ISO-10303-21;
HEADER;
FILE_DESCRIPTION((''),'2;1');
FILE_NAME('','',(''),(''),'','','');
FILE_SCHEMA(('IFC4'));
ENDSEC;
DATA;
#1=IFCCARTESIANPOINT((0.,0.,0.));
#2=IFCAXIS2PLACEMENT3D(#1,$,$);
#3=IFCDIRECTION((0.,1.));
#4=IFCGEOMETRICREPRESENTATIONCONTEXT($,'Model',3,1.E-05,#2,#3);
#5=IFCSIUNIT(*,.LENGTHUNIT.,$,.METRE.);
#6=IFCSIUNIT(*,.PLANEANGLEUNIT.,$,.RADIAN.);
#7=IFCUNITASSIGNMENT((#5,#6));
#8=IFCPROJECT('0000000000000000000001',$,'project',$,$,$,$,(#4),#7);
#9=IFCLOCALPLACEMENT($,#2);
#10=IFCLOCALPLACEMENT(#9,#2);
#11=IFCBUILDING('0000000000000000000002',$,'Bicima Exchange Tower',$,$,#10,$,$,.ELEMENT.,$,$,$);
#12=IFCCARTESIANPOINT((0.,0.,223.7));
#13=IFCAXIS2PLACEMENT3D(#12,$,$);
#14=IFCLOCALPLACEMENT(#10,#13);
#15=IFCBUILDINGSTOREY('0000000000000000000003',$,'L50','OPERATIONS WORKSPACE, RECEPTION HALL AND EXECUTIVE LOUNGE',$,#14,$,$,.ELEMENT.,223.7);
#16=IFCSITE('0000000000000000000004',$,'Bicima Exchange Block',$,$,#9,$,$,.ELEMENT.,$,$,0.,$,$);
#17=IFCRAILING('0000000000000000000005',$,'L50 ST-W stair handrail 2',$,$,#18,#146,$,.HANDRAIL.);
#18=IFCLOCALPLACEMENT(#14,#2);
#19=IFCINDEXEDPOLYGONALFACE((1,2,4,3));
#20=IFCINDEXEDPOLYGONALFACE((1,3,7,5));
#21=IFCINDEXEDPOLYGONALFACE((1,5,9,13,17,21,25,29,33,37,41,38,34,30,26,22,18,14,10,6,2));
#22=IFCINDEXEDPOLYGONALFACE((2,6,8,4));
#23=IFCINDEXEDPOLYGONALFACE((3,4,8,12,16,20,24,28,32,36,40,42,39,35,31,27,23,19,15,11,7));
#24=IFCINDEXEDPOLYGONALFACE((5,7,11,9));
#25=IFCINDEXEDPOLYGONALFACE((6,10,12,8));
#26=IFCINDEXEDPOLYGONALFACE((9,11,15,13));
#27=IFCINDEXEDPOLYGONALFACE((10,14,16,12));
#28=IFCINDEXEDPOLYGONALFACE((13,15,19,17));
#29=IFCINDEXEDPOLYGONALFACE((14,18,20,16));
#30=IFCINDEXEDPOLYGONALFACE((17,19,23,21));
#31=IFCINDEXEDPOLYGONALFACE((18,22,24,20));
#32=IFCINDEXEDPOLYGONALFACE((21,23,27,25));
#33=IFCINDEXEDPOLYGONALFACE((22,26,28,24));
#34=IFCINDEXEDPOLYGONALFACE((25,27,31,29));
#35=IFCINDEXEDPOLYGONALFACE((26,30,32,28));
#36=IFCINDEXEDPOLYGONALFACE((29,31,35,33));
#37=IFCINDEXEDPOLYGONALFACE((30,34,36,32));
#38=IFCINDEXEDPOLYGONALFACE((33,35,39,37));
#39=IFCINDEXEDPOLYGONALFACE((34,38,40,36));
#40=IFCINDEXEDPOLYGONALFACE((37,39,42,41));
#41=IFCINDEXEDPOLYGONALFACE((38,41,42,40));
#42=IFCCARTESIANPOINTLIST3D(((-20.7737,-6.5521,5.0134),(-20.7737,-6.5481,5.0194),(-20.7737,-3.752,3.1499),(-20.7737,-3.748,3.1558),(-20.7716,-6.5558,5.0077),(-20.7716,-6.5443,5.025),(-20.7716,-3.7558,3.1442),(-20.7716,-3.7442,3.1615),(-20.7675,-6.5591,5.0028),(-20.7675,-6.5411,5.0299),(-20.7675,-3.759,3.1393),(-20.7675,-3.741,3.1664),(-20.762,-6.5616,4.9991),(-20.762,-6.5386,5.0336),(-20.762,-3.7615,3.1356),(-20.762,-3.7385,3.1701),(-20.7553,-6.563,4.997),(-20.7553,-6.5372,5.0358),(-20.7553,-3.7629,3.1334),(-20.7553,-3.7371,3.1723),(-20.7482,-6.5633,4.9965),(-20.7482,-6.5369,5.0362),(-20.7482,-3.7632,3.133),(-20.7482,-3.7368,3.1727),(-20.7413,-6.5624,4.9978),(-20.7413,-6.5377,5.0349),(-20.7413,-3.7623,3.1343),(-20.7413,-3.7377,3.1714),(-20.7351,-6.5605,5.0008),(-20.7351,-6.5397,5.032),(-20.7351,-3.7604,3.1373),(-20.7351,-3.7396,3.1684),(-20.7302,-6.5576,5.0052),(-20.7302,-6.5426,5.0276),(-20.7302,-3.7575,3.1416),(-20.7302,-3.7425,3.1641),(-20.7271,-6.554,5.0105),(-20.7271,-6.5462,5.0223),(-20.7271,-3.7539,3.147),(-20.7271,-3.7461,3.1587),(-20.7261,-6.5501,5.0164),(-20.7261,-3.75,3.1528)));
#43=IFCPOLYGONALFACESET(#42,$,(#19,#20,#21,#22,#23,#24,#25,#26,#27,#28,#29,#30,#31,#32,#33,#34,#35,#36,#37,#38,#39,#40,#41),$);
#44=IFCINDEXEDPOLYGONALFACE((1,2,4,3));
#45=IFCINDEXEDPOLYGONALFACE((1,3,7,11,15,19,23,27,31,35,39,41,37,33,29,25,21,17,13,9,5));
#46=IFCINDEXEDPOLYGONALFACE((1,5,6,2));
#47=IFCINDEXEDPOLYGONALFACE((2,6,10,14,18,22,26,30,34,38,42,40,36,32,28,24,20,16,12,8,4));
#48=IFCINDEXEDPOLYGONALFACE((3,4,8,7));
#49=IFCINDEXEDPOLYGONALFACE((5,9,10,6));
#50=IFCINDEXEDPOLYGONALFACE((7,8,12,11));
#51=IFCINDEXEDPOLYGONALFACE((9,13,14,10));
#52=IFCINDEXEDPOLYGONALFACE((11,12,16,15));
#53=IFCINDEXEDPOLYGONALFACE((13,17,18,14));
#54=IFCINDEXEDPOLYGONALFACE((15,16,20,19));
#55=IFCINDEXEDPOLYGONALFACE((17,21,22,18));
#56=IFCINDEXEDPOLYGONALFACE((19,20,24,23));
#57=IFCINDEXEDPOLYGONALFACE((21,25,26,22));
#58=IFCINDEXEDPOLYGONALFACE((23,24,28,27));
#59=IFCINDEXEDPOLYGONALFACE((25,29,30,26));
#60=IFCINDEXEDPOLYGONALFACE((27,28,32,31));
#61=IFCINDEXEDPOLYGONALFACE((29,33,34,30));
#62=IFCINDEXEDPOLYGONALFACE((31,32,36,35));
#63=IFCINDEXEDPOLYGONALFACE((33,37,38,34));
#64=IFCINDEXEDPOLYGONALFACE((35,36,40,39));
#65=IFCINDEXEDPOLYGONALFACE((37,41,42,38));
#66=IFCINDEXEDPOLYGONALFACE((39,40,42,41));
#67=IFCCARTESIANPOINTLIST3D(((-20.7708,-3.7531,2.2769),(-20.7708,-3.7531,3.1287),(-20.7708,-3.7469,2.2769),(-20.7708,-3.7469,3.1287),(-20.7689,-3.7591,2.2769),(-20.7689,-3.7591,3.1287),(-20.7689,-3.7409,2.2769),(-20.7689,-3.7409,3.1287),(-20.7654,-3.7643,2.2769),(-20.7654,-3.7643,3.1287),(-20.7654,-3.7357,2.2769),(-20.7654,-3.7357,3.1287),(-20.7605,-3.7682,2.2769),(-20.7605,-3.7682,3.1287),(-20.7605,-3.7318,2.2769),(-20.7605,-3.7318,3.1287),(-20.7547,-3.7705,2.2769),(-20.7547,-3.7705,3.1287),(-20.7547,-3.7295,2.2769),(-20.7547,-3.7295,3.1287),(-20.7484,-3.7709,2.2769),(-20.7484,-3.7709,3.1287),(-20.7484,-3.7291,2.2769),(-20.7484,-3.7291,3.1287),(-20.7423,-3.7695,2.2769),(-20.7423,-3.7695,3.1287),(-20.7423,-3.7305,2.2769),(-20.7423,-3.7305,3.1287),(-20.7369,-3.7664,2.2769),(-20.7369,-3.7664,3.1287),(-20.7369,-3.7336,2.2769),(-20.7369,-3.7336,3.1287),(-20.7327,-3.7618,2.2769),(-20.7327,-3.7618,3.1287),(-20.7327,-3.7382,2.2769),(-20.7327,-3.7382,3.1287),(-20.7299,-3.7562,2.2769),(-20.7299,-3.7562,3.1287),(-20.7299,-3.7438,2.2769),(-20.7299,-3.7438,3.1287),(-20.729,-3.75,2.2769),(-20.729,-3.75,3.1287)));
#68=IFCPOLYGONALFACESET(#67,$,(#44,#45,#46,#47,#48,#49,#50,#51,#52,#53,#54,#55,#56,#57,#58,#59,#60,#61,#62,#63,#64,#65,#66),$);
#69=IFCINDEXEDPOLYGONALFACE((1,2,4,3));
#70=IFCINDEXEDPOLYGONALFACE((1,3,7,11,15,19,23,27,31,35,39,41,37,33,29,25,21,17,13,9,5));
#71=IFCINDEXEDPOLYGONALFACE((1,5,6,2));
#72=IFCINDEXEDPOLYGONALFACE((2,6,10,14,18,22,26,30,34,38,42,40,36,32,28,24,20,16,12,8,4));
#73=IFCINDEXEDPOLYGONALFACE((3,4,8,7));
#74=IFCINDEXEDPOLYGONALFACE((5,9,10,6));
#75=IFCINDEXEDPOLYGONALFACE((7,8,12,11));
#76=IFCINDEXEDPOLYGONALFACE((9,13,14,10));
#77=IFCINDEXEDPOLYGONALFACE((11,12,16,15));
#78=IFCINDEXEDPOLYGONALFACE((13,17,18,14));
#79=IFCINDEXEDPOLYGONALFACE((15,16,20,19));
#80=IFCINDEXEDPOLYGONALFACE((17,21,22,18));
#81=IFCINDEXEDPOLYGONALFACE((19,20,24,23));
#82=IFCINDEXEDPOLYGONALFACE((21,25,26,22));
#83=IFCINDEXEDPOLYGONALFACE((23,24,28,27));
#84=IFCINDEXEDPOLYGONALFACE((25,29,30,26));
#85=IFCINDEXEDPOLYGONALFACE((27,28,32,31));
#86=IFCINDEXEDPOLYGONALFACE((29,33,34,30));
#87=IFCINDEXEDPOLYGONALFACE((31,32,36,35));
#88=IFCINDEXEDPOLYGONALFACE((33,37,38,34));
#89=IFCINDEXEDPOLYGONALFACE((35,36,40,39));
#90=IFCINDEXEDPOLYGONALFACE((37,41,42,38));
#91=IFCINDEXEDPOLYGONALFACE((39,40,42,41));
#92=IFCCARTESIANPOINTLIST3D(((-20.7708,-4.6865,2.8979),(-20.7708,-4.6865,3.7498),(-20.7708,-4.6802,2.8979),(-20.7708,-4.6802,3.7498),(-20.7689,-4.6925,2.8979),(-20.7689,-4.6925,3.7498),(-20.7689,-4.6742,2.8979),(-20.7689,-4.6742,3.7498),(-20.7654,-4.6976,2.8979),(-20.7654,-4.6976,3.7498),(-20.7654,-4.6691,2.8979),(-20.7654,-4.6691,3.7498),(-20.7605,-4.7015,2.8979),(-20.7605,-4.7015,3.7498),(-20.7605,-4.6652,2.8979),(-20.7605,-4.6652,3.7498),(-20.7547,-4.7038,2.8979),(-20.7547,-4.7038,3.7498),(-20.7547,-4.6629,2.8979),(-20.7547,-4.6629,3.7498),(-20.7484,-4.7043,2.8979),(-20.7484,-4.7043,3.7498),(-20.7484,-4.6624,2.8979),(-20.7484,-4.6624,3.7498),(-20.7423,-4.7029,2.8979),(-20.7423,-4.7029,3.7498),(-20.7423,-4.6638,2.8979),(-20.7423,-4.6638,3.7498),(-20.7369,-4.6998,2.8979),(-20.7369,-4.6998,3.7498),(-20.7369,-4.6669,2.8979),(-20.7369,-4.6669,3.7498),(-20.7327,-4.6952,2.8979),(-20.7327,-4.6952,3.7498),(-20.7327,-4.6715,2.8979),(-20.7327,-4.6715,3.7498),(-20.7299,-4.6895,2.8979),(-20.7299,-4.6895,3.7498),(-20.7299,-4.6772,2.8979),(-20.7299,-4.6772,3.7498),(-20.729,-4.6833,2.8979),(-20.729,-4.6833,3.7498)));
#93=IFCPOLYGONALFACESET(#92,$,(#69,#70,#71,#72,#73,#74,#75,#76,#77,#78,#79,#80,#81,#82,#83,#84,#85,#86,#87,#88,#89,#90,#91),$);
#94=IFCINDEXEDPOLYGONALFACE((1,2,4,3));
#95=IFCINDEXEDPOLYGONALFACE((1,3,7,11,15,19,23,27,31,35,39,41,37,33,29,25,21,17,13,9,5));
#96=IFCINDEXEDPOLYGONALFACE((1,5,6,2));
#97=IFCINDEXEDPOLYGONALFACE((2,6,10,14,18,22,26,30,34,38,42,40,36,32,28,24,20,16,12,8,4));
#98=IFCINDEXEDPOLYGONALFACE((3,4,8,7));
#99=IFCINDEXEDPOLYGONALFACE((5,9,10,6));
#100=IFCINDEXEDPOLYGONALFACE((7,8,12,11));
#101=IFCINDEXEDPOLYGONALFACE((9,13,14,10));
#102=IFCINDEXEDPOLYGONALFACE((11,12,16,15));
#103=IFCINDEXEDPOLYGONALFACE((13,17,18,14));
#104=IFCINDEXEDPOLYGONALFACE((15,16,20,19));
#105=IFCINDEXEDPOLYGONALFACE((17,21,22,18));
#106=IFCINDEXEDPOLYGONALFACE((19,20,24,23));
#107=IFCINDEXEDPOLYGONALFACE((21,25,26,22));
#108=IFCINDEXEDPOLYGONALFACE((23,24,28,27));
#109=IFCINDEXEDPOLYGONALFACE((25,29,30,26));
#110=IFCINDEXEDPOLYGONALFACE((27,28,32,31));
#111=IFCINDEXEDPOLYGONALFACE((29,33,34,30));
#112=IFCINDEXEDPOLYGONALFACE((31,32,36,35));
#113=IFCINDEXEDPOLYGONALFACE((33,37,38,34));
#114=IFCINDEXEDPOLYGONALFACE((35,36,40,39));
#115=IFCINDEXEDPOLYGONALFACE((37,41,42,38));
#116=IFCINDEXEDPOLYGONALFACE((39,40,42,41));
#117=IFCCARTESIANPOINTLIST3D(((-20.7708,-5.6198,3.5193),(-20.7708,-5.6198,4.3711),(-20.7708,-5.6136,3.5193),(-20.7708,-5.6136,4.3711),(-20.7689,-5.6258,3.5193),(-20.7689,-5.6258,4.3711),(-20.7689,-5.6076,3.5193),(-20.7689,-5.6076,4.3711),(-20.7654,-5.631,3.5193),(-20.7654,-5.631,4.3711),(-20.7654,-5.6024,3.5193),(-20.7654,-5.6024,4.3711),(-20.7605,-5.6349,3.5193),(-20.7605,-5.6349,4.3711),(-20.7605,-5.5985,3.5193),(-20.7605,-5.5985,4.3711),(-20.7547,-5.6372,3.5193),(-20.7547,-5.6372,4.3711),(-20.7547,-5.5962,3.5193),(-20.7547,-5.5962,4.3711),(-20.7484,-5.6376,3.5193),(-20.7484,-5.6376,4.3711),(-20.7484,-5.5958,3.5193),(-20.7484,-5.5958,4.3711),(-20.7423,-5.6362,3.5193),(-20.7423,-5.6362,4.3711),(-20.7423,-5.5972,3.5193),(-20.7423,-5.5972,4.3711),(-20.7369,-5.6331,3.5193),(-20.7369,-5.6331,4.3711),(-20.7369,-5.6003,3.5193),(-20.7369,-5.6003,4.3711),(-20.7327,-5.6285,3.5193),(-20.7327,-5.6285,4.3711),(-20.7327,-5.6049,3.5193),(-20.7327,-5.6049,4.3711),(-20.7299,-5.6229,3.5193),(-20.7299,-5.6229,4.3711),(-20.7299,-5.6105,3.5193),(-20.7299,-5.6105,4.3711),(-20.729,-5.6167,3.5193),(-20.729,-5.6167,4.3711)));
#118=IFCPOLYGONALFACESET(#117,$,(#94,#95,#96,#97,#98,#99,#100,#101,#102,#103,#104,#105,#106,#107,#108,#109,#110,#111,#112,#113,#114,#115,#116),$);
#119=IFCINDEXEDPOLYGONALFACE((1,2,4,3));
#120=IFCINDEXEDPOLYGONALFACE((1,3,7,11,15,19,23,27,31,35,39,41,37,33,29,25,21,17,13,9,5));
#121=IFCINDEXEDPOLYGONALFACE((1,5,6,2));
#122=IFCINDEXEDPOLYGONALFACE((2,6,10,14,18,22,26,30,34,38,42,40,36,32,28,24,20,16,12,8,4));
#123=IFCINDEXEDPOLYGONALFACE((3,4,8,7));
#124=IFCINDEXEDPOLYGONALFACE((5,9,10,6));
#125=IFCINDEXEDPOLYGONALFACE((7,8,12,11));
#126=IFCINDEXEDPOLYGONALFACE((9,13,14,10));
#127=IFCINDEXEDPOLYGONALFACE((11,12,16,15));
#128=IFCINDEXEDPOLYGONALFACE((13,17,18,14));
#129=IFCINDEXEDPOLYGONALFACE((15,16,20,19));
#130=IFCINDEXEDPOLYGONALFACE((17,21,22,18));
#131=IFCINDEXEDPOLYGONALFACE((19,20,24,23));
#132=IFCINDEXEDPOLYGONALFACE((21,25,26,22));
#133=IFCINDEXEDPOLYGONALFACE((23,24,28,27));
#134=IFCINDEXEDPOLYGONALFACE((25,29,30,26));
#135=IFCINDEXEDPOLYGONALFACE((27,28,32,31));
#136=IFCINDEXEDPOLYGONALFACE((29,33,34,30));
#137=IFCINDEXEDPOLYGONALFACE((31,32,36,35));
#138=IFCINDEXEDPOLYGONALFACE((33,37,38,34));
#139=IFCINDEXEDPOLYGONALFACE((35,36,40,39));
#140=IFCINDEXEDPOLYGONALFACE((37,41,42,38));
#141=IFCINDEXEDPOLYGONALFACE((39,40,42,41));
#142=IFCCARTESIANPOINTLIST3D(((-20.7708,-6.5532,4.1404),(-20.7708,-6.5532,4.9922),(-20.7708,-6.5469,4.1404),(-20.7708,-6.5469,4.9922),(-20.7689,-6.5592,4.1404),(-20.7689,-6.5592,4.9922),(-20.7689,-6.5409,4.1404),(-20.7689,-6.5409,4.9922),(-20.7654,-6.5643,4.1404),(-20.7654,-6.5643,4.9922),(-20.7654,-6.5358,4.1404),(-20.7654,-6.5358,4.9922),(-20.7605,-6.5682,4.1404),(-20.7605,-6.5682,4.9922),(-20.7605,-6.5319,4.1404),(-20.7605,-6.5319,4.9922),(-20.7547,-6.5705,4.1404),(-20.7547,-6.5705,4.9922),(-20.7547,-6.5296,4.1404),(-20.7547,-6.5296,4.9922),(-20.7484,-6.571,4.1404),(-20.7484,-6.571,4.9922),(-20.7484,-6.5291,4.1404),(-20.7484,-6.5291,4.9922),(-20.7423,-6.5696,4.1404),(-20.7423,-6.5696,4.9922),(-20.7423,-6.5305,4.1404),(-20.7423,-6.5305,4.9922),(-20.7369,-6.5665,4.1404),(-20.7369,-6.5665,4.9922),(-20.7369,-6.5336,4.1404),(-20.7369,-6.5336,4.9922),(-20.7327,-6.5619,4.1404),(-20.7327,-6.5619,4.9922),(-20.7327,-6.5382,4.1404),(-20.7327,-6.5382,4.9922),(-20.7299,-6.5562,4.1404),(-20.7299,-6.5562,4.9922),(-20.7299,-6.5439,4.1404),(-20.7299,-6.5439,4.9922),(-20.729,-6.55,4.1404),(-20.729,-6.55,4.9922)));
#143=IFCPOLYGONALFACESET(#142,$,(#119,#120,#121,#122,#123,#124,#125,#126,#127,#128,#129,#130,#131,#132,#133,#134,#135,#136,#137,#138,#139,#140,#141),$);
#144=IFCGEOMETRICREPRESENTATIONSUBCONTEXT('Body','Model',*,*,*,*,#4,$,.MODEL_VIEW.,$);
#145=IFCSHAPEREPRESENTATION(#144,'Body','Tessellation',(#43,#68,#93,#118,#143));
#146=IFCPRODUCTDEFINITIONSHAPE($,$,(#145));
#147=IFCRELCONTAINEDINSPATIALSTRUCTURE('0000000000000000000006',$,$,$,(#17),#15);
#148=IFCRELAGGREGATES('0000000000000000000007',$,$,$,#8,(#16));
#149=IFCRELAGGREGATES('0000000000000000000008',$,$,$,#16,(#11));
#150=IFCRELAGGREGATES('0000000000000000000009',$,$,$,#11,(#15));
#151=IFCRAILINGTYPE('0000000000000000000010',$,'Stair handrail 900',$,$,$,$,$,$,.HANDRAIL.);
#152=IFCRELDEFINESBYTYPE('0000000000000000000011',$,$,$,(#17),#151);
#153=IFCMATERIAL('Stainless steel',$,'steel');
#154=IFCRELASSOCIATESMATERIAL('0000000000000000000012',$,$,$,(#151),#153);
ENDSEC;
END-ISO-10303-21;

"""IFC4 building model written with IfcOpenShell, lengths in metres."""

from ifc_helpers import new_model, si_unit, direction, frame, origin, origin_2d, place, context, subcontext, project, spatial, circle, extrude, material, type_object, element, save


model = new_model("IFC4")

# Units and contexts
model_context = context("Model", 3, precision=1e-05, world=origin(), true_north=direction((0.0, 1.0)))
body_context = subcontext(model_context, "Body", "Model", "MODEL_VIEW")
ifc_project = project(units=[si_unit("LENGTHUNIT", "METRE"), si_unit("PLANEANGLEUNIT", "RADIAN")], contexts=[model_context])

# Site, building, storey
site_placement = place(None, origin())
site = spatial("IfcSite", under=ifc_project, at=site_placement, Name="Bicima Exchange Block", CompositionType="ELEMENT", RefElevation=0.0)
building_placement = place(site_placement, origin())
building = spatial("IfcBuilding", under=site, at=building_placement, Name="Bicima Exchange Tower", CompositionType="ELEMENT")
storey_placement = place(building_placement, frame((0.0, 0.0, 223.7)))
storey = spatial("IfcBuildingStorey", under=building, at=storey_placement, Name="L50", Description="OPERATIONS WORKSPACE, RECEPTION HALL AND EXECUTIVE LOUNGE", CompositionType="ELEMENT", Elevation=223.7)

# Railing
ifc_material_1 = material(Name="Stainless steel", Category="steel")
railing_type = type_object("IfcRailingType", Name="Stair handrail 900", PredefinedType="HANDRAIL", material=ifc_material_1)
railing_placement = place(storey_placement, frame((-20.75, -3.75, 2.2769)))
element("IfcRailing", 1, at=railing_placement, inside=storey, type_object=railing_type, Name="L50 ST-W stair handrail 2", PredefinedType="HANDRAIL", context=body_context, shape_type="SweptSolid", body=[
    extrude(circle(Radius=0.0239, at=origin_2d()), frame((0.0, 0.0, 0.876), z_axis=(0.0, -0.832486, 0.554047), x_axis=(1.0, 0.0, 0.0)), (0.0, 0.0, 1.0), 3.3635),
    extrude(circle(Radius=0.021, at=origin_2d()), origin(), (0.0, 0.0, 1.0), 0.8518),
    extrude(circle(Radius=0.021, at=origin_2d()), frame((0.0, -0.9333, 0.6211)), (0.0, 0.0, 1.0), 0.8518),
    extrude(circle(Radius=0.021, at=origin_2d()), frame((0.0, -1.8667, 1.2424)), (0.0, 0.0, 1.0), 0.8518),
    extrude(circle(Radius=0.021, at=origin_2d()), frame((0.0, -2.8, 1.8635)), (0.0, 0.0, 1.0), 0.8518),
])

save(model, "model.ifc")
